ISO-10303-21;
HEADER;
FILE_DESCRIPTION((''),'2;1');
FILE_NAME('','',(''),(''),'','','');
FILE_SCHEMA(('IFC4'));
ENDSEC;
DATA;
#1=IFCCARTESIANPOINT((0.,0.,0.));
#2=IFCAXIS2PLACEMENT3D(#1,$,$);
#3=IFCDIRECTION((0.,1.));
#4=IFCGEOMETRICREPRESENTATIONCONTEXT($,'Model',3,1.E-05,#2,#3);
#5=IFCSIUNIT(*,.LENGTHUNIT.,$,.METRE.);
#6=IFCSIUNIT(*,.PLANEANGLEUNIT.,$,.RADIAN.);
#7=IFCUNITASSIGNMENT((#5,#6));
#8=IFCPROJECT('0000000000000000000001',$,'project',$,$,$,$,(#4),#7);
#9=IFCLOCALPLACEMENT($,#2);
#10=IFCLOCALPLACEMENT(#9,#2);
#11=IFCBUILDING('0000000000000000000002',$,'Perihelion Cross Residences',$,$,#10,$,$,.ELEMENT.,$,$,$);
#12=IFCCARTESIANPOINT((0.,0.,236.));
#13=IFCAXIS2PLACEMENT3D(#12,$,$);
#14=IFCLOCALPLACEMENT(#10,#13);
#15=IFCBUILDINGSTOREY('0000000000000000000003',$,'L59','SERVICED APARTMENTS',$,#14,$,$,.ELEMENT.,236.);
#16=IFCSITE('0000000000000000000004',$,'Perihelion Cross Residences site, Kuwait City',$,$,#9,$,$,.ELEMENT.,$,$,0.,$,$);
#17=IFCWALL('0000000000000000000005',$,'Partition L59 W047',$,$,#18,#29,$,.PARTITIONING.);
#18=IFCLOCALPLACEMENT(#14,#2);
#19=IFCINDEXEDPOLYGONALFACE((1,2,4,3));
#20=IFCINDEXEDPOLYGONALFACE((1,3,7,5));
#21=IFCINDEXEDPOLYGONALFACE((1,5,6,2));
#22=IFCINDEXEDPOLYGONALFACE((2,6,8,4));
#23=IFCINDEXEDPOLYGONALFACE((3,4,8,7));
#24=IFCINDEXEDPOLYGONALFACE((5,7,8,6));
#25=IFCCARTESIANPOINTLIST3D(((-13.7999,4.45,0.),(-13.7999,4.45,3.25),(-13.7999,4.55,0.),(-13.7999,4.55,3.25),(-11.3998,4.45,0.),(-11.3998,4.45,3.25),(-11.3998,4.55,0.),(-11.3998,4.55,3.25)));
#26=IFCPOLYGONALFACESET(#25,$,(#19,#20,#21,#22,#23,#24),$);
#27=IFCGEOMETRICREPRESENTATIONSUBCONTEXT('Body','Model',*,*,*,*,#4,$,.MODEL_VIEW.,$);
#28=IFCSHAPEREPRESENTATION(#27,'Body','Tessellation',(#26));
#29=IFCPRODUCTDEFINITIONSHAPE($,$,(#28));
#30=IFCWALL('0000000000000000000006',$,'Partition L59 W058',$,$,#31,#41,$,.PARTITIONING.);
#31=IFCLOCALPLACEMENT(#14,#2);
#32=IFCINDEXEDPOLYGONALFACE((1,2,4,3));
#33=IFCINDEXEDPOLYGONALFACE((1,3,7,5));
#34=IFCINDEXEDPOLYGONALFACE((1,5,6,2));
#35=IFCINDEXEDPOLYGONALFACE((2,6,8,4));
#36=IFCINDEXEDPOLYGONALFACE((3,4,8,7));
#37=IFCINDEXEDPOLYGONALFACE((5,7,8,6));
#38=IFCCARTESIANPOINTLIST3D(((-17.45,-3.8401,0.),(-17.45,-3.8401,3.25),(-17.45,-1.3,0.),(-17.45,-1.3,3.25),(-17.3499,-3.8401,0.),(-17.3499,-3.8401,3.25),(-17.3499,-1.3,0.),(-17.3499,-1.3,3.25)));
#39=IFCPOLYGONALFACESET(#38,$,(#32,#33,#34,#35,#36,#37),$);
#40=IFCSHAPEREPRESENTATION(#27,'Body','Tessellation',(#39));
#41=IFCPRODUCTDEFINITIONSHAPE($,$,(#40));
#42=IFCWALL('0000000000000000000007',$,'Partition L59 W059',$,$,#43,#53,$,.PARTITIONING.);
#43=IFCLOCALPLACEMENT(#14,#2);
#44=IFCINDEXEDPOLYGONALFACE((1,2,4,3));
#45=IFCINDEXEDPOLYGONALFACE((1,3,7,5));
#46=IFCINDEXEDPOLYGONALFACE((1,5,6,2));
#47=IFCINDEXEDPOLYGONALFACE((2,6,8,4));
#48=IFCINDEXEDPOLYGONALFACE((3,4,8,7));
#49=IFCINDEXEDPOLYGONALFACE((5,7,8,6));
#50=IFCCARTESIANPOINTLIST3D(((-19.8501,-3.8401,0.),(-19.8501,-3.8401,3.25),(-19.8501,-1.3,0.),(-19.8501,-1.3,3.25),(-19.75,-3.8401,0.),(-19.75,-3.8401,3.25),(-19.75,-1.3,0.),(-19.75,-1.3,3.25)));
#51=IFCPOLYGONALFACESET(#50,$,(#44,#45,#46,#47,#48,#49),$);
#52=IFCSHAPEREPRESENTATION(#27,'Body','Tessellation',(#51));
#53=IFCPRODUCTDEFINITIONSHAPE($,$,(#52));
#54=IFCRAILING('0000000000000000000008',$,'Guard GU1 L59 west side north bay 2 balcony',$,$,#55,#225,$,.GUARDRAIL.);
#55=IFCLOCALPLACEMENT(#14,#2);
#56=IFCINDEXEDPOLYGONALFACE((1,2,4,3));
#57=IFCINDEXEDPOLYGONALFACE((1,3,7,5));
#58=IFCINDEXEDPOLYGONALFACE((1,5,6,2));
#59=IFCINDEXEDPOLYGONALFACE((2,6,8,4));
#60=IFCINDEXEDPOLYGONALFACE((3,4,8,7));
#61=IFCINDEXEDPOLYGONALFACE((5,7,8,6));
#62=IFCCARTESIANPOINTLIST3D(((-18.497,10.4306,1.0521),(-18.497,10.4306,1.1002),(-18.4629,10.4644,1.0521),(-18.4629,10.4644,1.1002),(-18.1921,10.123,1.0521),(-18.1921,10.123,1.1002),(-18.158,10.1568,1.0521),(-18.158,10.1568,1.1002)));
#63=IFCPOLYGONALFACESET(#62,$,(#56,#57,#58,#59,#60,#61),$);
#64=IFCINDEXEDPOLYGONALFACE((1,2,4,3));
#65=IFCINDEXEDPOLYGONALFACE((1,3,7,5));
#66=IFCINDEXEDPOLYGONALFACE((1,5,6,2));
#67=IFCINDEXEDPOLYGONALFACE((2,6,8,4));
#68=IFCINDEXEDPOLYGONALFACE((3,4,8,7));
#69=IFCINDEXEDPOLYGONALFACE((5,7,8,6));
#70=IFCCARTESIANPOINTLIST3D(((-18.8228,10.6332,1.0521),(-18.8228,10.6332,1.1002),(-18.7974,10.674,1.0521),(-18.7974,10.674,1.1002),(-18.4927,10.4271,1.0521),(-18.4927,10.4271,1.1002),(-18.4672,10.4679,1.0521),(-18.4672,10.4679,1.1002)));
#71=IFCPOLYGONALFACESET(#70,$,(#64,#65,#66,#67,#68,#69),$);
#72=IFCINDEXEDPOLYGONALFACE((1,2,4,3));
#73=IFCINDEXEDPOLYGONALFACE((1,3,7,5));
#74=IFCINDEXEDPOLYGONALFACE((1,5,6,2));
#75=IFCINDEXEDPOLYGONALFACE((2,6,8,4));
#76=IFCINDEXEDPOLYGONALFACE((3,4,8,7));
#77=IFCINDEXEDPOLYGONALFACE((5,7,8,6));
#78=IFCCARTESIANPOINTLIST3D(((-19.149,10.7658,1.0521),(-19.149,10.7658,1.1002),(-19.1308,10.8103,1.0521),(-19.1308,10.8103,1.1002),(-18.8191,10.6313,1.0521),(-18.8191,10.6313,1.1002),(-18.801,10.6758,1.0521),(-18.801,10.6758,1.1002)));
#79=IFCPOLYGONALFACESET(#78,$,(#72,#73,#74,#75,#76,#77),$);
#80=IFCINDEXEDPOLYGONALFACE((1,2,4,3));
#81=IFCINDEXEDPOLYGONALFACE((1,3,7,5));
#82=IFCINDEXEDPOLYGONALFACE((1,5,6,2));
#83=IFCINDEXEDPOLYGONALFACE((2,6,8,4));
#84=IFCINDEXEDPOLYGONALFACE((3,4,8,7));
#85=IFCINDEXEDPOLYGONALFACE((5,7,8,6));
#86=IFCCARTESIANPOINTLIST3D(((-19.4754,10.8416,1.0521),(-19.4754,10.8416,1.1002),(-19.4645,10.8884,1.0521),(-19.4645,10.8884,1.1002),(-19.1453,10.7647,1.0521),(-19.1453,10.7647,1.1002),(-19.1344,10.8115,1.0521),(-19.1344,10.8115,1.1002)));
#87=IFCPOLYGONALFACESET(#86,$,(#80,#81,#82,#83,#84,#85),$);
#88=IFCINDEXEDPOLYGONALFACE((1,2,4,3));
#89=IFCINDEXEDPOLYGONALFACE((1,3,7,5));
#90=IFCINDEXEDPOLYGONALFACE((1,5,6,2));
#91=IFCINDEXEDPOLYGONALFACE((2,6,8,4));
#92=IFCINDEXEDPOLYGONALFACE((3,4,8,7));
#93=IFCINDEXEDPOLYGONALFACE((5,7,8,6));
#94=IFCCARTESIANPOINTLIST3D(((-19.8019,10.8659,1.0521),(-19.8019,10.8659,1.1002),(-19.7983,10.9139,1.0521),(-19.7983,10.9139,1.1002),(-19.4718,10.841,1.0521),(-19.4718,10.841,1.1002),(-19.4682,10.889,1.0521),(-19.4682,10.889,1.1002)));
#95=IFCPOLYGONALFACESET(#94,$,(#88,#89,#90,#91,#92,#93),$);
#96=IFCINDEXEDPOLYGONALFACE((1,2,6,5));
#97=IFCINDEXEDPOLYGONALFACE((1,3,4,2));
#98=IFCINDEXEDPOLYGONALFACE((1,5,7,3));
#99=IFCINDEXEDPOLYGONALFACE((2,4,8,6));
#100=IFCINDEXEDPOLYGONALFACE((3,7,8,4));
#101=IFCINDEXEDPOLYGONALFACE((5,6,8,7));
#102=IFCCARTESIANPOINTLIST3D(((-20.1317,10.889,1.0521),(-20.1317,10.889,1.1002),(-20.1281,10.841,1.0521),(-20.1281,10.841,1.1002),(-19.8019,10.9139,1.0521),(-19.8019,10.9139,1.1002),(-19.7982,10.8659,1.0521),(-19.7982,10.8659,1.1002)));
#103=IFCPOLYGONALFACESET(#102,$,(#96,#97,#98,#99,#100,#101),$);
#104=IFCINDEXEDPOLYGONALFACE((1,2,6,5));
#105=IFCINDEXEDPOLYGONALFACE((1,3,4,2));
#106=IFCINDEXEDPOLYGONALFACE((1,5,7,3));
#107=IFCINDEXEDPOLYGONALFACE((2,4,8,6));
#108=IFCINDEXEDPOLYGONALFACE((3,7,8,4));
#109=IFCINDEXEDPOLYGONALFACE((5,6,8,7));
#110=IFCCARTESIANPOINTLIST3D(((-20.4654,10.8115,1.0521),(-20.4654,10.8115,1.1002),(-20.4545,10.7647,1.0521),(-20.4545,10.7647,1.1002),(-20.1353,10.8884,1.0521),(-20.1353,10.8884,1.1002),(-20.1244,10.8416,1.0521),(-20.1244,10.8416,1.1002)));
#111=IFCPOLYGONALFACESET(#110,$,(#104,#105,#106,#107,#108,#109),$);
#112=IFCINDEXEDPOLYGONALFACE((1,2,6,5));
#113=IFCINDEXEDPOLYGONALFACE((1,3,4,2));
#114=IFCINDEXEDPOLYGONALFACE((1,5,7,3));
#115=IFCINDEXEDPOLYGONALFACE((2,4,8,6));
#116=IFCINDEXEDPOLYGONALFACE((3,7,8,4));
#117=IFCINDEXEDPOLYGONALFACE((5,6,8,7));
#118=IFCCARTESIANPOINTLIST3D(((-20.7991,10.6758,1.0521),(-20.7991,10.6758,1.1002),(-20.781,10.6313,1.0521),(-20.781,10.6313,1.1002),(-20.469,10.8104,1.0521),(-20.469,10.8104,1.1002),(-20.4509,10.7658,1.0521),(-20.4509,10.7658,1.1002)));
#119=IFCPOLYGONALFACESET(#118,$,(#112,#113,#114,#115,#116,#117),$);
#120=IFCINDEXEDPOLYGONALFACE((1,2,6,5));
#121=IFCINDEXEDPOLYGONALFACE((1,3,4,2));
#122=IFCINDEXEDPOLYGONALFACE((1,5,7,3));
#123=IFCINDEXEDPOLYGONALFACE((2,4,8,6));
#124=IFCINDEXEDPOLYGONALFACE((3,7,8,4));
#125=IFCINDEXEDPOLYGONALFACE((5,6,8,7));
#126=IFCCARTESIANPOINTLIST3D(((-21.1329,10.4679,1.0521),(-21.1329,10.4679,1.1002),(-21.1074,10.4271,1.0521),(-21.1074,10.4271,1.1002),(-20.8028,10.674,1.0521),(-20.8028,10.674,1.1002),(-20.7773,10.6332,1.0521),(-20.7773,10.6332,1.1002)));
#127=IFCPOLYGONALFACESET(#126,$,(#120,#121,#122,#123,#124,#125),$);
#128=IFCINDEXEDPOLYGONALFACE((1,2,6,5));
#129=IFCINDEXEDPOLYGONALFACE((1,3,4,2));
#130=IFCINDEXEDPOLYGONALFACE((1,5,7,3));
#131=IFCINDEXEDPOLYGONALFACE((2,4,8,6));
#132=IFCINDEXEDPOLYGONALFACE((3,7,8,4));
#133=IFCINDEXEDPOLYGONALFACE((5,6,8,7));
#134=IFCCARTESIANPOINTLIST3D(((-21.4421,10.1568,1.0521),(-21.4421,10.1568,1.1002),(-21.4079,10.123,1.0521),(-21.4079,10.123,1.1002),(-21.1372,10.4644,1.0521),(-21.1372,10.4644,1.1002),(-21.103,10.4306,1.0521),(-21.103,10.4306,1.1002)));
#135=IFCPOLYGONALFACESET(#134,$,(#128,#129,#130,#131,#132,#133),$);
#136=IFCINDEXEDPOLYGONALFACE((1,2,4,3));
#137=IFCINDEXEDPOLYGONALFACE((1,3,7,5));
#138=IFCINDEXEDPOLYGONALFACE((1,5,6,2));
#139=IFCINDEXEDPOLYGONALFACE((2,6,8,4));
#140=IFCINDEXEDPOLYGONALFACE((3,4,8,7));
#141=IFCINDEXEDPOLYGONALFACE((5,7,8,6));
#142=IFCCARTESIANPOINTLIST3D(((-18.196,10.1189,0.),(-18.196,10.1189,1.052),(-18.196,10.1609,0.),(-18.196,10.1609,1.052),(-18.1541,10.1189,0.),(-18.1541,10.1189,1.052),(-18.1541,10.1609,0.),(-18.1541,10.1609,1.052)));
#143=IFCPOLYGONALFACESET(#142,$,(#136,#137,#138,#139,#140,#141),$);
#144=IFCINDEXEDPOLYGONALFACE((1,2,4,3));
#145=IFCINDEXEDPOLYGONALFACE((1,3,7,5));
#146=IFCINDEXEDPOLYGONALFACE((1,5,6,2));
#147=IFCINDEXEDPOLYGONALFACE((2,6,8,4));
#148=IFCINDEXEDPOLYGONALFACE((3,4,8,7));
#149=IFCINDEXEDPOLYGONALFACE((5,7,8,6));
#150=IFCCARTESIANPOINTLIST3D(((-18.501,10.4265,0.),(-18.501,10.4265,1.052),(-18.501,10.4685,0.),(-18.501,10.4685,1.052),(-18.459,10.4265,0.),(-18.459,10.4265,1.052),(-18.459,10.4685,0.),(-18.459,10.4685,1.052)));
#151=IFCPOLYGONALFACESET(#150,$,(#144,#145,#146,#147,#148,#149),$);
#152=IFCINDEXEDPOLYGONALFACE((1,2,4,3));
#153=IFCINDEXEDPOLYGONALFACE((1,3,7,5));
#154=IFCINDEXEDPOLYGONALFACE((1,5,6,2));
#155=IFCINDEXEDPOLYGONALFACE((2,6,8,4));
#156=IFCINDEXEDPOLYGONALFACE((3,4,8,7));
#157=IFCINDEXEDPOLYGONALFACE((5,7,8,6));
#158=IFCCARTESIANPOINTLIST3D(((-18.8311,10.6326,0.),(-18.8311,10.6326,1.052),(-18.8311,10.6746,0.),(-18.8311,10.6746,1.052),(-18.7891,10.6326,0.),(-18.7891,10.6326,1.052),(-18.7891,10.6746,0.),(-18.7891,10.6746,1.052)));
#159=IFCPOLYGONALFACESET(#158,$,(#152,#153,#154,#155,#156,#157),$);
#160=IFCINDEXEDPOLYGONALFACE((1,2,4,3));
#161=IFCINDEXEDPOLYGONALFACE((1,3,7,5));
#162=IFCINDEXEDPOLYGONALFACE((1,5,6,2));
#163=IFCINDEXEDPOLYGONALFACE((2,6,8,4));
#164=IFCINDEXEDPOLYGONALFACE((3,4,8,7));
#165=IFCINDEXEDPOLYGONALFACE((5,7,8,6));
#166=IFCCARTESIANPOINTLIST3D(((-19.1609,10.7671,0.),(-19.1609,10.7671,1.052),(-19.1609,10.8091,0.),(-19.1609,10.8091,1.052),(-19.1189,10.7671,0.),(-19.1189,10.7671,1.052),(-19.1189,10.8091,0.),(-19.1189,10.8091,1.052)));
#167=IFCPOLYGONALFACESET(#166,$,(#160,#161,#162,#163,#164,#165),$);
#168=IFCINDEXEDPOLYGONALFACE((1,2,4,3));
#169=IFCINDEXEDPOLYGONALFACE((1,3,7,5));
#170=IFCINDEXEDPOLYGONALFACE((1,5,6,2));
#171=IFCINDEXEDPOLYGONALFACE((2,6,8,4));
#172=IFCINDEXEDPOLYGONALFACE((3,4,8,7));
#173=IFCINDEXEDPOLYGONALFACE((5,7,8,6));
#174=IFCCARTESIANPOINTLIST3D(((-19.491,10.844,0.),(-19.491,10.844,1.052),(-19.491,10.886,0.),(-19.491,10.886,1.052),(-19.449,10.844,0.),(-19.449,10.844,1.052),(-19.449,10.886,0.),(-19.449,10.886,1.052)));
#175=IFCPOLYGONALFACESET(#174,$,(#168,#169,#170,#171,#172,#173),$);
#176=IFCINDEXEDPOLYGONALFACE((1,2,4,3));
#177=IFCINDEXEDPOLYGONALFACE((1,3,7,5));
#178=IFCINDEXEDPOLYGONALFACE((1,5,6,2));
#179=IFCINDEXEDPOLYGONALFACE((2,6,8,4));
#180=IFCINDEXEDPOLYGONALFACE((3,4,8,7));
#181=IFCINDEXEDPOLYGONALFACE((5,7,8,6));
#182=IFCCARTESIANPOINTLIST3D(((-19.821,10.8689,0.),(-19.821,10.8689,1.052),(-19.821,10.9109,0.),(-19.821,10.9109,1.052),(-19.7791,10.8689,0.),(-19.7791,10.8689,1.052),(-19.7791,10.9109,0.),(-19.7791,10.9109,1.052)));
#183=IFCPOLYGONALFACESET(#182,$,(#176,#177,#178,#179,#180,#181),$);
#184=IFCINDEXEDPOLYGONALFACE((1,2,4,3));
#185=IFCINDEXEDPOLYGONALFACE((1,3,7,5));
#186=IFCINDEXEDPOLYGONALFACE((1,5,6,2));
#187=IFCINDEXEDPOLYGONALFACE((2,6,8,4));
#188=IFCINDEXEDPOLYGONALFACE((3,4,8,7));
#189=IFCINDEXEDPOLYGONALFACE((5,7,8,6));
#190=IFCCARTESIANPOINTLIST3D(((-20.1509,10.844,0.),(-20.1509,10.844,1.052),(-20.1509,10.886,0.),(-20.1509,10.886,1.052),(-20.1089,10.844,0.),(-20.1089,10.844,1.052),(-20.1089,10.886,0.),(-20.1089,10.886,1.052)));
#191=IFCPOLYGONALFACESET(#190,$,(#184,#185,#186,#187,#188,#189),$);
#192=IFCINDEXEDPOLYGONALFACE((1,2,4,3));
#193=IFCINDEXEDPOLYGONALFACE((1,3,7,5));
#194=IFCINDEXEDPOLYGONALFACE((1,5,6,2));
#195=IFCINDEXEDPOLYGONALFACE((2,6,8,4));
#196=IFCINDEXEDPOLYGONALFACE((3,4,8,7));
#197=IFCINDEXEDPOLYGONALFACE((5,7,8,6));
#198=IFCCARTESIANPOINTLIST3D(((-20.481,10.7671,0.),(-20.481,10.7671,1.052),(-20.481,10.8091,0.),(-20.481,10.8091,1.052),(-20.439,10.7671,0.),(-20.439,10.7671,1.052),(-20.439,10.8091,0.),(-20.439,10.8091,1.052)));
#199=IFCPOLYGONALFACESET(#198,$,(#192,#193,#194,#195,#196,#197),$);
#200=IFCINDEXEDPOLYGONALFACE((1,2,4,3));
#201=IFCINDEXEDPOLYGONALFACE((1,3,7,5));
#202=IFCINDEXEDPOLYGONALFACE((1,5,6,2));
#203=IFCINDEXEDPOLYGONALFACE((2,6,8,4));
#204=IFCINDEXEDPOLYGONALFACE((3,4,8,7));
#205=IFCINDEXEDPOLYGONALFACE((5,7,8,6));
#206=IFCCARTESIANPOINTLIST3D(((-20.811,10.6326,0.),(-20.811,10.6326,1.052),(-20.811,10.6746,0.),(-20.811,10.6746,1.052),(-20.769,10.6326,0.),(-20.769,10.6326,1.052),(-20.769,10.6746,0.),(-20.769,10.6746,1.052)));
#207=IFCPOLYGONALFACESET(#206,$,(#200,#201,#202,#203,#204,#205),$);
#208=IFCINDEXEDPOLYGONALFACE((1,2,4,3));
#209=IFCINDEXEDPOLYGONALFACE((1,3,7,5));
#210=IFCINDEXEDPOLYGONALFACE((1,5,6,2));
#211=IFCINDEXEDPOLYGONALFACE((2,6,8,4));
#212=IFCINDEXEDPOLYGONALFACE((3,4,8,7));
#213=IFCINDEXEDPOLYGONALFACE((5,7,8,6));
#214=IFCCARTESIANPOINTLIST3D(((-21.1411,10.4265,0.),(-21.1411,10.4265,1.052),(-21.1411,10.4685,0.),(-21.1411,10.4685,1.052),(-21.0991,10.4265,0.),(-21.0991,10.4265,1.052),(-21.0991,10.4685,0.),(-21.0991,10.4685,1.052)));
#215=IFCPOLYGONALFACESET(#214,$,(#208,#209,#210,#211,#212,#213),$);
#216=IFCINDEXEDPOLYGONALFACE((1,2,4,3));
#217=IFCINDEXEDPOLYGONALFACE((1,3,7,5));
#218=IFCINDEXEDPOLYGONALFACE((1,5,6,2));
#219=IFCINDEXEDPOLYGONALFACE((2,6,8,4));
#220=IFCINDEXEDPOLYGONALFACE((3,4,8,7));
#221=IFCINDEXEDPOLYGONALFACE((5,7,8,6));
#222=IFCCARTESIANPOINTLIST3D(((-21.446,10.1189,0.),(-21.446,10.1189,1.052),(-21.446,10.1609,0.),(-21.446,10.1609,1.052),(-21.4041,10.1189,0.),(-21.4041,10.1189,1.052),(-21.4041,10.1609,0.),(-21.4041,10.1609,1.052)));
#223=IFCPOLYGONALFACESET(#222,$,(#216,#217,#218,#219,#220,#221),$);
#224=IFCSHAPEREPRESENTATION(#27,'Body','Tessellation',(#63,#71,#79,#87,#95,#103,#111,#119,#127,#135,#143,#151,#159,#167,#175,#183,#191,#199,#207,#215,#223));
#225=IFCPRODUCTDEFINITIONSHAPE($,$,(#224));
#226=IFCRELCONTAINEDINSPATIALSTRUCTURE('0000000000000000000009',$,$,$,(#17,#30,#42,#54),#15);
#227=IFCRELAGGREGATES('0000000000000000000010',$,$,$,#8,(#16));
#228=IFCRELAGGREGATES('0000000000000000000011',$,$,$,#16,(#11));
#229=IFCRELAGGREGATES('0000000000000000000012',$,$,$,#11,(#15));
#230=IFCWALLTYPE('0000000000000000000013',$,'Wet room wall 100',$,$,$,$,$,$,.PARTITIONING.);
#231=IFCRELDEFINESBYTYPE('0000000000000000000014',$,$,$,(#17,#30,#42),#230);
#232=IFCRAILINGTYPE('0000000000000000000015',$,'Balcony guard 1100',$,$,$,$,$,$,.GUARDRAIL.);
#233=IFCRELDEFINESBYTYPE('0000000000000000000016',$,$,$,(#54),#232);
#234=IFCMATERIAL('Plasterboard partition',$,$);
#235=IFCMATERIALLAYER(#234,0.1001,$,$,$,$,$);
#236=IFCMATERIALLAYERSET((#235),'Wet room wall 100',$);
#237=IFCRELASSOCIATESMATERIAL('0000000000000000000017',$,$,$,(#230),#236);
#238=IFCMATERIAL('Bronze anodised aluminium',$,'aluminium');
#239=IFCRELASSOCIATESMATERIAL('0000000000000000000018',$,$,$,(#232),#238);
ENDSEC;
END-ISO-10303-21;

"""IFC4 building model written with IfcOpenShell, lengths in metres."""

from ifc_helpers import new_model, si_unit, direction, frame, frame_2d, origin, origin_2d, place, context, subcontext, project, spatial, rectangle, extrude, material, layer, layer_set, type_object, element, save


model = new_model("IFC4")

# Units and contexts
model_context = context("Model", 3, precision=1e-05, world=origin(), true_north=direction((0.0, 1.0)))
body_context = subcontext(model_context, "Body", "Model", "MODEL_VIEW")
ifc_project = project(units=[si_unit("LENGTHUNIT", "METRE"), si_unit("PLANEANGLEUNIT", "RADIAN")], contexts=[model_context])

# Site, building, storey
site_placement = place(None, origin())
site = spatial("IfcSite", under=ifc_project, at=site_placement, Name="Perihelion Cross Residences site, Kuwait City", CompositionType="ELEMENT", RefElevation=0.0)
building_placement = place(site_placement, origin())
building = spatial("IfcBuilding", under=site, at=building_placement, Name="Perihelion Cross Residences", CompositionType="ELEMENT")
storey_placement = place(building_placement, frame((0.0, 0.0, 236.0)))
storey = spatial("IfcBuildingStorey", under=building, at=storey_placement, Name="L59", Description="SERVICED APARTMENTS", CompositionType="ELEMENT", Elevation=236.0)

# Shared definitions
ifc_material_1 = material(Name="Plasterboard partition")
ifc_layer_1 = layer(ifc_material_1, 0.1001)
ifc_layer_set_1 = layer_set([ifc_layer_1], Name="Wet room wall 100")
wall_type_1 = type_object("IfcWallType", Name="Wet room wall 100", PredefinedType="PARTITIONING", material=ifc_layer_set_1)

# Walls
wall_1_placement = place(storey_placement, frame((-13.8, 4.5, 0.0), z_axis=(0.0, 0.0, 1.0), x_axis=(1.0, 0.0, 0.0)))
element("IfcWall", 1, at=wall_1_placement, inside=storey, type_object=wall_type_1, Name="Partition L59 W047", PredefinedType="PARTITIONING", context=body_context, shape_type="SweptSolid", body=[
    extrude(rectangle(XDim=2.4001, YDim=0.1001, at=frame_2d((1.2002, 0.0))), origin(), (0.0, 0.0, 1.0), 3.25),
])
for number, where, z_axis, x_axis, name in (
    (2, (-17.3999, -3.8401, 0.0), (0.0, 0.0, 1.0), (0.0, 1.0, 0.0), "Partition L59 W058"),
    (3, (-19.8, -3.8401, 0.0), (0.0, 0.0, 1.0), (0.0, 1.0, 0.0), "Partition L59 W059"),
):
    element("IfcWall", number, at=place(storey_placement, frame(where, z_axis=z_axis, x_axis=x_axis)), inside=storey, type_object=wall_type_1, Name=name, PredefinedType="PARTITIONING", context=body_context, shape_type="SweptSolid", body=[
        extrude(rectangle(XDim=2.54, YDim=0.1001, at=frame_2d((1.27, 0.0))), origin(), (0.0, 0.0, 1.0), 3.25),
    ])

# Railing
ifc_material_2 = material(Name="Bronze anodised aluminium", Category="aluminium")
railing_type = type_object("IfcRailingType", Name="Balcony guard 1100", PredefinedType="GUARDRAIL", material=ifc_material_2)
railing_placement = place(storey_placement, frame((-18.175, 10.1399, 0.0)))
element("IfcRailing", 4, at=railing_placement, inside=storey, type_object=railing_type, Name="Guard GU1 L59 west side north bay 2 balcony", PredefinedType="GUARDRAIL", context=body_context, shape_type="SweptSolid", body=[
    extrude(rectangle(XDim=0.0481, YDim=0.0481, at=origin_2d()), frame((0.0, 0.0, 1.0762), z_axis=(-0.704, 0.7102, 0.0), x_axis=(-0.7102, -0.704, 0.0)), (0.0, 0.0, 1.0), 0.4331),
    extrude(rectangle(XDim=0.0481, YDim=0.0481, at=origin_2d()), frame((-0.3049, 0.3076, 1.0762), z_axis=(-0.84828, 0.529548, 0.0), x_axis=(-0.529548, -0.84828, 0.0)), (0.0, 0.0, 1.0), 0.3892),
    extrude(rectangle(XDim=0.0481, YDim=0.0481, at=origin_2d()), frame((-0.635, 0.5137, 1.0762), z_axis=(-0.92595, 0.377645, 0.0), x_axis=(-0.377645, -0.92595, 0.0)), (0.0, 0.0, 1.0), 0.3562),
    extrude(rectangle(XDim=0.0481, YDim=0.0481, at=origin_2d()), frame((-0.9648, 0.6482, 1.0762), z_axis=(-0.973916, 0.226911, 0.0), x_axis=(-0.226911, -0.973916, 0.0)), (0.0, 0.0, 1.0), 0.3389),
    extrude(rectangle(XDim=0.0481, YDim=0.0481, at=origin_2d()), frame((-1.2949, 0.7251, 1.0762), z_axis=(-0.997166, 0.07523, 0.0), x_axis=(-0.07523, -0.997166, 0.0)), (0.0, 0.0, 1.0), 0.3311),
    extrude(rectangle(XDim=0.0481, YDim=0.0481, at=origin_2d()), frame((-1.625, 0.75, 1.0762), z_axis=(-0.997162, -0.075285, 0.0), x_axis=(0.075285, -0.997162, 0.0)), (0.0, 0.0, 1.0), 0.3308),
    extrude(rectangle(XDim=0.0481, YDim=0.0481, at=origin_2d()), frame((-1.9548, 0.7251, 1.0762), z_axis=(-0.973916, -0.226911, 0.0), x_axis=(0.226911, -0.973916, 0.0)), (0.0, 0.0, 1.0), 0.3389),
    extrude(rectangle(XDim=0.0481, YDim=0.0481, at=origin_2d()), frame((-2.2849, 0.6482, 1.0762), z_axis=(-0.926048, -0.377406, 0.0), x_axis=(0.377406, -0.926048, 0.0)), (0.0, 0.0, 1.0), 0.3564),
    extrude(rectangle(XDim=0.0481, YDim=0.0481, at=origin_2d()), frame((-2.615, 0.5137, 1.0762), z_axis=(-0.84828, -0.529548, 0.0), x_axis=(0.529548, -0.84828, 0.0)), (0.0, 0.0, 1.0), 0.3892),
    extrude(rectangle(XDim=0.0481, YDim=0.0481, at=origin_2d()), frame((-2.9451, 0.3076, 1.0762), z_axis=(-0.704, -0.7102, 0.0), x_axis=(0.7102, -0.704, 0.0)), (0.0, 0.0, 1.0), 0.4331),
    extrude(rectangle(XDim=0.042, YDim=0.042, at=origin_2d()), origin(), (0.0, 0.0, 1.0), 1.052),
    extrude(rectangle(XDim=0.042, YDim=0.042, at=origin_2d()), frame((-0.3049, 0.3076, 0.0)), (0.0, 0.0, 1.0), 1.052),
    extrude(rectangle(XDim=0.042, YDim=0.042, at=origin_2d()), frame((-0.635, 0.5137, 0.0)), (0.0, 0.0, 1.0), 1.052),
    extrude(rectangle(XDim=0.042, YDim=0.042, at=origin_2d()), frame((-0.9648, 0.6482, 0.0)), (0.0, 0.0, 1.0), 1.052),
    extrude(rectangle(XDim=0.042, YDim=0.042, at=origin_2d()), frame((-1.2949, 0.7251, 0.0)), (0.0, 0.0, 1.0), 1.052),
    extrude(rectangle(XDim=0.042, YDim=0.042, at=origin_2d()), frame((-1.625, 0.75, 0.0)), (0.0, 0.0, 1.0), 1.052),
    extrude(rectangle(XDim=0.042, YDim=0.042, at=origin_2d()), frame((-1.9548, 0.7251, 0.0)), (0.0, 0.0, 1.0), 1.052),
    extrude(rectangle(XDim=0.042, YDim=0.042, at=origin_2d()), frame((-2.2849, 0.6482, 0.0)), (0.0, 0.0, 1.0), 1.052),
    extrude(rectangle(XDim=0.042, YDim=0.042, at=origin_2d()), frame((-2.615, 0.5137, 0.0)), (0.0, 0.0, 1.0), 1.052),
    extrude(rectangle(XDim=0.042, YDim=0.042, at=origin_2d()), frame((-2.9451, 0.3076, 0.0)), (0.0, 0.0, 1.0), 1.052),
    extrude(rectangle(XDim=0.042, YDim=0.042, at=origin_2d()), frame((-3.25, 0.0, 0.0)), (0.0, 0.0, 1.0), 1.052),
])

save(model, "model.ifc")
